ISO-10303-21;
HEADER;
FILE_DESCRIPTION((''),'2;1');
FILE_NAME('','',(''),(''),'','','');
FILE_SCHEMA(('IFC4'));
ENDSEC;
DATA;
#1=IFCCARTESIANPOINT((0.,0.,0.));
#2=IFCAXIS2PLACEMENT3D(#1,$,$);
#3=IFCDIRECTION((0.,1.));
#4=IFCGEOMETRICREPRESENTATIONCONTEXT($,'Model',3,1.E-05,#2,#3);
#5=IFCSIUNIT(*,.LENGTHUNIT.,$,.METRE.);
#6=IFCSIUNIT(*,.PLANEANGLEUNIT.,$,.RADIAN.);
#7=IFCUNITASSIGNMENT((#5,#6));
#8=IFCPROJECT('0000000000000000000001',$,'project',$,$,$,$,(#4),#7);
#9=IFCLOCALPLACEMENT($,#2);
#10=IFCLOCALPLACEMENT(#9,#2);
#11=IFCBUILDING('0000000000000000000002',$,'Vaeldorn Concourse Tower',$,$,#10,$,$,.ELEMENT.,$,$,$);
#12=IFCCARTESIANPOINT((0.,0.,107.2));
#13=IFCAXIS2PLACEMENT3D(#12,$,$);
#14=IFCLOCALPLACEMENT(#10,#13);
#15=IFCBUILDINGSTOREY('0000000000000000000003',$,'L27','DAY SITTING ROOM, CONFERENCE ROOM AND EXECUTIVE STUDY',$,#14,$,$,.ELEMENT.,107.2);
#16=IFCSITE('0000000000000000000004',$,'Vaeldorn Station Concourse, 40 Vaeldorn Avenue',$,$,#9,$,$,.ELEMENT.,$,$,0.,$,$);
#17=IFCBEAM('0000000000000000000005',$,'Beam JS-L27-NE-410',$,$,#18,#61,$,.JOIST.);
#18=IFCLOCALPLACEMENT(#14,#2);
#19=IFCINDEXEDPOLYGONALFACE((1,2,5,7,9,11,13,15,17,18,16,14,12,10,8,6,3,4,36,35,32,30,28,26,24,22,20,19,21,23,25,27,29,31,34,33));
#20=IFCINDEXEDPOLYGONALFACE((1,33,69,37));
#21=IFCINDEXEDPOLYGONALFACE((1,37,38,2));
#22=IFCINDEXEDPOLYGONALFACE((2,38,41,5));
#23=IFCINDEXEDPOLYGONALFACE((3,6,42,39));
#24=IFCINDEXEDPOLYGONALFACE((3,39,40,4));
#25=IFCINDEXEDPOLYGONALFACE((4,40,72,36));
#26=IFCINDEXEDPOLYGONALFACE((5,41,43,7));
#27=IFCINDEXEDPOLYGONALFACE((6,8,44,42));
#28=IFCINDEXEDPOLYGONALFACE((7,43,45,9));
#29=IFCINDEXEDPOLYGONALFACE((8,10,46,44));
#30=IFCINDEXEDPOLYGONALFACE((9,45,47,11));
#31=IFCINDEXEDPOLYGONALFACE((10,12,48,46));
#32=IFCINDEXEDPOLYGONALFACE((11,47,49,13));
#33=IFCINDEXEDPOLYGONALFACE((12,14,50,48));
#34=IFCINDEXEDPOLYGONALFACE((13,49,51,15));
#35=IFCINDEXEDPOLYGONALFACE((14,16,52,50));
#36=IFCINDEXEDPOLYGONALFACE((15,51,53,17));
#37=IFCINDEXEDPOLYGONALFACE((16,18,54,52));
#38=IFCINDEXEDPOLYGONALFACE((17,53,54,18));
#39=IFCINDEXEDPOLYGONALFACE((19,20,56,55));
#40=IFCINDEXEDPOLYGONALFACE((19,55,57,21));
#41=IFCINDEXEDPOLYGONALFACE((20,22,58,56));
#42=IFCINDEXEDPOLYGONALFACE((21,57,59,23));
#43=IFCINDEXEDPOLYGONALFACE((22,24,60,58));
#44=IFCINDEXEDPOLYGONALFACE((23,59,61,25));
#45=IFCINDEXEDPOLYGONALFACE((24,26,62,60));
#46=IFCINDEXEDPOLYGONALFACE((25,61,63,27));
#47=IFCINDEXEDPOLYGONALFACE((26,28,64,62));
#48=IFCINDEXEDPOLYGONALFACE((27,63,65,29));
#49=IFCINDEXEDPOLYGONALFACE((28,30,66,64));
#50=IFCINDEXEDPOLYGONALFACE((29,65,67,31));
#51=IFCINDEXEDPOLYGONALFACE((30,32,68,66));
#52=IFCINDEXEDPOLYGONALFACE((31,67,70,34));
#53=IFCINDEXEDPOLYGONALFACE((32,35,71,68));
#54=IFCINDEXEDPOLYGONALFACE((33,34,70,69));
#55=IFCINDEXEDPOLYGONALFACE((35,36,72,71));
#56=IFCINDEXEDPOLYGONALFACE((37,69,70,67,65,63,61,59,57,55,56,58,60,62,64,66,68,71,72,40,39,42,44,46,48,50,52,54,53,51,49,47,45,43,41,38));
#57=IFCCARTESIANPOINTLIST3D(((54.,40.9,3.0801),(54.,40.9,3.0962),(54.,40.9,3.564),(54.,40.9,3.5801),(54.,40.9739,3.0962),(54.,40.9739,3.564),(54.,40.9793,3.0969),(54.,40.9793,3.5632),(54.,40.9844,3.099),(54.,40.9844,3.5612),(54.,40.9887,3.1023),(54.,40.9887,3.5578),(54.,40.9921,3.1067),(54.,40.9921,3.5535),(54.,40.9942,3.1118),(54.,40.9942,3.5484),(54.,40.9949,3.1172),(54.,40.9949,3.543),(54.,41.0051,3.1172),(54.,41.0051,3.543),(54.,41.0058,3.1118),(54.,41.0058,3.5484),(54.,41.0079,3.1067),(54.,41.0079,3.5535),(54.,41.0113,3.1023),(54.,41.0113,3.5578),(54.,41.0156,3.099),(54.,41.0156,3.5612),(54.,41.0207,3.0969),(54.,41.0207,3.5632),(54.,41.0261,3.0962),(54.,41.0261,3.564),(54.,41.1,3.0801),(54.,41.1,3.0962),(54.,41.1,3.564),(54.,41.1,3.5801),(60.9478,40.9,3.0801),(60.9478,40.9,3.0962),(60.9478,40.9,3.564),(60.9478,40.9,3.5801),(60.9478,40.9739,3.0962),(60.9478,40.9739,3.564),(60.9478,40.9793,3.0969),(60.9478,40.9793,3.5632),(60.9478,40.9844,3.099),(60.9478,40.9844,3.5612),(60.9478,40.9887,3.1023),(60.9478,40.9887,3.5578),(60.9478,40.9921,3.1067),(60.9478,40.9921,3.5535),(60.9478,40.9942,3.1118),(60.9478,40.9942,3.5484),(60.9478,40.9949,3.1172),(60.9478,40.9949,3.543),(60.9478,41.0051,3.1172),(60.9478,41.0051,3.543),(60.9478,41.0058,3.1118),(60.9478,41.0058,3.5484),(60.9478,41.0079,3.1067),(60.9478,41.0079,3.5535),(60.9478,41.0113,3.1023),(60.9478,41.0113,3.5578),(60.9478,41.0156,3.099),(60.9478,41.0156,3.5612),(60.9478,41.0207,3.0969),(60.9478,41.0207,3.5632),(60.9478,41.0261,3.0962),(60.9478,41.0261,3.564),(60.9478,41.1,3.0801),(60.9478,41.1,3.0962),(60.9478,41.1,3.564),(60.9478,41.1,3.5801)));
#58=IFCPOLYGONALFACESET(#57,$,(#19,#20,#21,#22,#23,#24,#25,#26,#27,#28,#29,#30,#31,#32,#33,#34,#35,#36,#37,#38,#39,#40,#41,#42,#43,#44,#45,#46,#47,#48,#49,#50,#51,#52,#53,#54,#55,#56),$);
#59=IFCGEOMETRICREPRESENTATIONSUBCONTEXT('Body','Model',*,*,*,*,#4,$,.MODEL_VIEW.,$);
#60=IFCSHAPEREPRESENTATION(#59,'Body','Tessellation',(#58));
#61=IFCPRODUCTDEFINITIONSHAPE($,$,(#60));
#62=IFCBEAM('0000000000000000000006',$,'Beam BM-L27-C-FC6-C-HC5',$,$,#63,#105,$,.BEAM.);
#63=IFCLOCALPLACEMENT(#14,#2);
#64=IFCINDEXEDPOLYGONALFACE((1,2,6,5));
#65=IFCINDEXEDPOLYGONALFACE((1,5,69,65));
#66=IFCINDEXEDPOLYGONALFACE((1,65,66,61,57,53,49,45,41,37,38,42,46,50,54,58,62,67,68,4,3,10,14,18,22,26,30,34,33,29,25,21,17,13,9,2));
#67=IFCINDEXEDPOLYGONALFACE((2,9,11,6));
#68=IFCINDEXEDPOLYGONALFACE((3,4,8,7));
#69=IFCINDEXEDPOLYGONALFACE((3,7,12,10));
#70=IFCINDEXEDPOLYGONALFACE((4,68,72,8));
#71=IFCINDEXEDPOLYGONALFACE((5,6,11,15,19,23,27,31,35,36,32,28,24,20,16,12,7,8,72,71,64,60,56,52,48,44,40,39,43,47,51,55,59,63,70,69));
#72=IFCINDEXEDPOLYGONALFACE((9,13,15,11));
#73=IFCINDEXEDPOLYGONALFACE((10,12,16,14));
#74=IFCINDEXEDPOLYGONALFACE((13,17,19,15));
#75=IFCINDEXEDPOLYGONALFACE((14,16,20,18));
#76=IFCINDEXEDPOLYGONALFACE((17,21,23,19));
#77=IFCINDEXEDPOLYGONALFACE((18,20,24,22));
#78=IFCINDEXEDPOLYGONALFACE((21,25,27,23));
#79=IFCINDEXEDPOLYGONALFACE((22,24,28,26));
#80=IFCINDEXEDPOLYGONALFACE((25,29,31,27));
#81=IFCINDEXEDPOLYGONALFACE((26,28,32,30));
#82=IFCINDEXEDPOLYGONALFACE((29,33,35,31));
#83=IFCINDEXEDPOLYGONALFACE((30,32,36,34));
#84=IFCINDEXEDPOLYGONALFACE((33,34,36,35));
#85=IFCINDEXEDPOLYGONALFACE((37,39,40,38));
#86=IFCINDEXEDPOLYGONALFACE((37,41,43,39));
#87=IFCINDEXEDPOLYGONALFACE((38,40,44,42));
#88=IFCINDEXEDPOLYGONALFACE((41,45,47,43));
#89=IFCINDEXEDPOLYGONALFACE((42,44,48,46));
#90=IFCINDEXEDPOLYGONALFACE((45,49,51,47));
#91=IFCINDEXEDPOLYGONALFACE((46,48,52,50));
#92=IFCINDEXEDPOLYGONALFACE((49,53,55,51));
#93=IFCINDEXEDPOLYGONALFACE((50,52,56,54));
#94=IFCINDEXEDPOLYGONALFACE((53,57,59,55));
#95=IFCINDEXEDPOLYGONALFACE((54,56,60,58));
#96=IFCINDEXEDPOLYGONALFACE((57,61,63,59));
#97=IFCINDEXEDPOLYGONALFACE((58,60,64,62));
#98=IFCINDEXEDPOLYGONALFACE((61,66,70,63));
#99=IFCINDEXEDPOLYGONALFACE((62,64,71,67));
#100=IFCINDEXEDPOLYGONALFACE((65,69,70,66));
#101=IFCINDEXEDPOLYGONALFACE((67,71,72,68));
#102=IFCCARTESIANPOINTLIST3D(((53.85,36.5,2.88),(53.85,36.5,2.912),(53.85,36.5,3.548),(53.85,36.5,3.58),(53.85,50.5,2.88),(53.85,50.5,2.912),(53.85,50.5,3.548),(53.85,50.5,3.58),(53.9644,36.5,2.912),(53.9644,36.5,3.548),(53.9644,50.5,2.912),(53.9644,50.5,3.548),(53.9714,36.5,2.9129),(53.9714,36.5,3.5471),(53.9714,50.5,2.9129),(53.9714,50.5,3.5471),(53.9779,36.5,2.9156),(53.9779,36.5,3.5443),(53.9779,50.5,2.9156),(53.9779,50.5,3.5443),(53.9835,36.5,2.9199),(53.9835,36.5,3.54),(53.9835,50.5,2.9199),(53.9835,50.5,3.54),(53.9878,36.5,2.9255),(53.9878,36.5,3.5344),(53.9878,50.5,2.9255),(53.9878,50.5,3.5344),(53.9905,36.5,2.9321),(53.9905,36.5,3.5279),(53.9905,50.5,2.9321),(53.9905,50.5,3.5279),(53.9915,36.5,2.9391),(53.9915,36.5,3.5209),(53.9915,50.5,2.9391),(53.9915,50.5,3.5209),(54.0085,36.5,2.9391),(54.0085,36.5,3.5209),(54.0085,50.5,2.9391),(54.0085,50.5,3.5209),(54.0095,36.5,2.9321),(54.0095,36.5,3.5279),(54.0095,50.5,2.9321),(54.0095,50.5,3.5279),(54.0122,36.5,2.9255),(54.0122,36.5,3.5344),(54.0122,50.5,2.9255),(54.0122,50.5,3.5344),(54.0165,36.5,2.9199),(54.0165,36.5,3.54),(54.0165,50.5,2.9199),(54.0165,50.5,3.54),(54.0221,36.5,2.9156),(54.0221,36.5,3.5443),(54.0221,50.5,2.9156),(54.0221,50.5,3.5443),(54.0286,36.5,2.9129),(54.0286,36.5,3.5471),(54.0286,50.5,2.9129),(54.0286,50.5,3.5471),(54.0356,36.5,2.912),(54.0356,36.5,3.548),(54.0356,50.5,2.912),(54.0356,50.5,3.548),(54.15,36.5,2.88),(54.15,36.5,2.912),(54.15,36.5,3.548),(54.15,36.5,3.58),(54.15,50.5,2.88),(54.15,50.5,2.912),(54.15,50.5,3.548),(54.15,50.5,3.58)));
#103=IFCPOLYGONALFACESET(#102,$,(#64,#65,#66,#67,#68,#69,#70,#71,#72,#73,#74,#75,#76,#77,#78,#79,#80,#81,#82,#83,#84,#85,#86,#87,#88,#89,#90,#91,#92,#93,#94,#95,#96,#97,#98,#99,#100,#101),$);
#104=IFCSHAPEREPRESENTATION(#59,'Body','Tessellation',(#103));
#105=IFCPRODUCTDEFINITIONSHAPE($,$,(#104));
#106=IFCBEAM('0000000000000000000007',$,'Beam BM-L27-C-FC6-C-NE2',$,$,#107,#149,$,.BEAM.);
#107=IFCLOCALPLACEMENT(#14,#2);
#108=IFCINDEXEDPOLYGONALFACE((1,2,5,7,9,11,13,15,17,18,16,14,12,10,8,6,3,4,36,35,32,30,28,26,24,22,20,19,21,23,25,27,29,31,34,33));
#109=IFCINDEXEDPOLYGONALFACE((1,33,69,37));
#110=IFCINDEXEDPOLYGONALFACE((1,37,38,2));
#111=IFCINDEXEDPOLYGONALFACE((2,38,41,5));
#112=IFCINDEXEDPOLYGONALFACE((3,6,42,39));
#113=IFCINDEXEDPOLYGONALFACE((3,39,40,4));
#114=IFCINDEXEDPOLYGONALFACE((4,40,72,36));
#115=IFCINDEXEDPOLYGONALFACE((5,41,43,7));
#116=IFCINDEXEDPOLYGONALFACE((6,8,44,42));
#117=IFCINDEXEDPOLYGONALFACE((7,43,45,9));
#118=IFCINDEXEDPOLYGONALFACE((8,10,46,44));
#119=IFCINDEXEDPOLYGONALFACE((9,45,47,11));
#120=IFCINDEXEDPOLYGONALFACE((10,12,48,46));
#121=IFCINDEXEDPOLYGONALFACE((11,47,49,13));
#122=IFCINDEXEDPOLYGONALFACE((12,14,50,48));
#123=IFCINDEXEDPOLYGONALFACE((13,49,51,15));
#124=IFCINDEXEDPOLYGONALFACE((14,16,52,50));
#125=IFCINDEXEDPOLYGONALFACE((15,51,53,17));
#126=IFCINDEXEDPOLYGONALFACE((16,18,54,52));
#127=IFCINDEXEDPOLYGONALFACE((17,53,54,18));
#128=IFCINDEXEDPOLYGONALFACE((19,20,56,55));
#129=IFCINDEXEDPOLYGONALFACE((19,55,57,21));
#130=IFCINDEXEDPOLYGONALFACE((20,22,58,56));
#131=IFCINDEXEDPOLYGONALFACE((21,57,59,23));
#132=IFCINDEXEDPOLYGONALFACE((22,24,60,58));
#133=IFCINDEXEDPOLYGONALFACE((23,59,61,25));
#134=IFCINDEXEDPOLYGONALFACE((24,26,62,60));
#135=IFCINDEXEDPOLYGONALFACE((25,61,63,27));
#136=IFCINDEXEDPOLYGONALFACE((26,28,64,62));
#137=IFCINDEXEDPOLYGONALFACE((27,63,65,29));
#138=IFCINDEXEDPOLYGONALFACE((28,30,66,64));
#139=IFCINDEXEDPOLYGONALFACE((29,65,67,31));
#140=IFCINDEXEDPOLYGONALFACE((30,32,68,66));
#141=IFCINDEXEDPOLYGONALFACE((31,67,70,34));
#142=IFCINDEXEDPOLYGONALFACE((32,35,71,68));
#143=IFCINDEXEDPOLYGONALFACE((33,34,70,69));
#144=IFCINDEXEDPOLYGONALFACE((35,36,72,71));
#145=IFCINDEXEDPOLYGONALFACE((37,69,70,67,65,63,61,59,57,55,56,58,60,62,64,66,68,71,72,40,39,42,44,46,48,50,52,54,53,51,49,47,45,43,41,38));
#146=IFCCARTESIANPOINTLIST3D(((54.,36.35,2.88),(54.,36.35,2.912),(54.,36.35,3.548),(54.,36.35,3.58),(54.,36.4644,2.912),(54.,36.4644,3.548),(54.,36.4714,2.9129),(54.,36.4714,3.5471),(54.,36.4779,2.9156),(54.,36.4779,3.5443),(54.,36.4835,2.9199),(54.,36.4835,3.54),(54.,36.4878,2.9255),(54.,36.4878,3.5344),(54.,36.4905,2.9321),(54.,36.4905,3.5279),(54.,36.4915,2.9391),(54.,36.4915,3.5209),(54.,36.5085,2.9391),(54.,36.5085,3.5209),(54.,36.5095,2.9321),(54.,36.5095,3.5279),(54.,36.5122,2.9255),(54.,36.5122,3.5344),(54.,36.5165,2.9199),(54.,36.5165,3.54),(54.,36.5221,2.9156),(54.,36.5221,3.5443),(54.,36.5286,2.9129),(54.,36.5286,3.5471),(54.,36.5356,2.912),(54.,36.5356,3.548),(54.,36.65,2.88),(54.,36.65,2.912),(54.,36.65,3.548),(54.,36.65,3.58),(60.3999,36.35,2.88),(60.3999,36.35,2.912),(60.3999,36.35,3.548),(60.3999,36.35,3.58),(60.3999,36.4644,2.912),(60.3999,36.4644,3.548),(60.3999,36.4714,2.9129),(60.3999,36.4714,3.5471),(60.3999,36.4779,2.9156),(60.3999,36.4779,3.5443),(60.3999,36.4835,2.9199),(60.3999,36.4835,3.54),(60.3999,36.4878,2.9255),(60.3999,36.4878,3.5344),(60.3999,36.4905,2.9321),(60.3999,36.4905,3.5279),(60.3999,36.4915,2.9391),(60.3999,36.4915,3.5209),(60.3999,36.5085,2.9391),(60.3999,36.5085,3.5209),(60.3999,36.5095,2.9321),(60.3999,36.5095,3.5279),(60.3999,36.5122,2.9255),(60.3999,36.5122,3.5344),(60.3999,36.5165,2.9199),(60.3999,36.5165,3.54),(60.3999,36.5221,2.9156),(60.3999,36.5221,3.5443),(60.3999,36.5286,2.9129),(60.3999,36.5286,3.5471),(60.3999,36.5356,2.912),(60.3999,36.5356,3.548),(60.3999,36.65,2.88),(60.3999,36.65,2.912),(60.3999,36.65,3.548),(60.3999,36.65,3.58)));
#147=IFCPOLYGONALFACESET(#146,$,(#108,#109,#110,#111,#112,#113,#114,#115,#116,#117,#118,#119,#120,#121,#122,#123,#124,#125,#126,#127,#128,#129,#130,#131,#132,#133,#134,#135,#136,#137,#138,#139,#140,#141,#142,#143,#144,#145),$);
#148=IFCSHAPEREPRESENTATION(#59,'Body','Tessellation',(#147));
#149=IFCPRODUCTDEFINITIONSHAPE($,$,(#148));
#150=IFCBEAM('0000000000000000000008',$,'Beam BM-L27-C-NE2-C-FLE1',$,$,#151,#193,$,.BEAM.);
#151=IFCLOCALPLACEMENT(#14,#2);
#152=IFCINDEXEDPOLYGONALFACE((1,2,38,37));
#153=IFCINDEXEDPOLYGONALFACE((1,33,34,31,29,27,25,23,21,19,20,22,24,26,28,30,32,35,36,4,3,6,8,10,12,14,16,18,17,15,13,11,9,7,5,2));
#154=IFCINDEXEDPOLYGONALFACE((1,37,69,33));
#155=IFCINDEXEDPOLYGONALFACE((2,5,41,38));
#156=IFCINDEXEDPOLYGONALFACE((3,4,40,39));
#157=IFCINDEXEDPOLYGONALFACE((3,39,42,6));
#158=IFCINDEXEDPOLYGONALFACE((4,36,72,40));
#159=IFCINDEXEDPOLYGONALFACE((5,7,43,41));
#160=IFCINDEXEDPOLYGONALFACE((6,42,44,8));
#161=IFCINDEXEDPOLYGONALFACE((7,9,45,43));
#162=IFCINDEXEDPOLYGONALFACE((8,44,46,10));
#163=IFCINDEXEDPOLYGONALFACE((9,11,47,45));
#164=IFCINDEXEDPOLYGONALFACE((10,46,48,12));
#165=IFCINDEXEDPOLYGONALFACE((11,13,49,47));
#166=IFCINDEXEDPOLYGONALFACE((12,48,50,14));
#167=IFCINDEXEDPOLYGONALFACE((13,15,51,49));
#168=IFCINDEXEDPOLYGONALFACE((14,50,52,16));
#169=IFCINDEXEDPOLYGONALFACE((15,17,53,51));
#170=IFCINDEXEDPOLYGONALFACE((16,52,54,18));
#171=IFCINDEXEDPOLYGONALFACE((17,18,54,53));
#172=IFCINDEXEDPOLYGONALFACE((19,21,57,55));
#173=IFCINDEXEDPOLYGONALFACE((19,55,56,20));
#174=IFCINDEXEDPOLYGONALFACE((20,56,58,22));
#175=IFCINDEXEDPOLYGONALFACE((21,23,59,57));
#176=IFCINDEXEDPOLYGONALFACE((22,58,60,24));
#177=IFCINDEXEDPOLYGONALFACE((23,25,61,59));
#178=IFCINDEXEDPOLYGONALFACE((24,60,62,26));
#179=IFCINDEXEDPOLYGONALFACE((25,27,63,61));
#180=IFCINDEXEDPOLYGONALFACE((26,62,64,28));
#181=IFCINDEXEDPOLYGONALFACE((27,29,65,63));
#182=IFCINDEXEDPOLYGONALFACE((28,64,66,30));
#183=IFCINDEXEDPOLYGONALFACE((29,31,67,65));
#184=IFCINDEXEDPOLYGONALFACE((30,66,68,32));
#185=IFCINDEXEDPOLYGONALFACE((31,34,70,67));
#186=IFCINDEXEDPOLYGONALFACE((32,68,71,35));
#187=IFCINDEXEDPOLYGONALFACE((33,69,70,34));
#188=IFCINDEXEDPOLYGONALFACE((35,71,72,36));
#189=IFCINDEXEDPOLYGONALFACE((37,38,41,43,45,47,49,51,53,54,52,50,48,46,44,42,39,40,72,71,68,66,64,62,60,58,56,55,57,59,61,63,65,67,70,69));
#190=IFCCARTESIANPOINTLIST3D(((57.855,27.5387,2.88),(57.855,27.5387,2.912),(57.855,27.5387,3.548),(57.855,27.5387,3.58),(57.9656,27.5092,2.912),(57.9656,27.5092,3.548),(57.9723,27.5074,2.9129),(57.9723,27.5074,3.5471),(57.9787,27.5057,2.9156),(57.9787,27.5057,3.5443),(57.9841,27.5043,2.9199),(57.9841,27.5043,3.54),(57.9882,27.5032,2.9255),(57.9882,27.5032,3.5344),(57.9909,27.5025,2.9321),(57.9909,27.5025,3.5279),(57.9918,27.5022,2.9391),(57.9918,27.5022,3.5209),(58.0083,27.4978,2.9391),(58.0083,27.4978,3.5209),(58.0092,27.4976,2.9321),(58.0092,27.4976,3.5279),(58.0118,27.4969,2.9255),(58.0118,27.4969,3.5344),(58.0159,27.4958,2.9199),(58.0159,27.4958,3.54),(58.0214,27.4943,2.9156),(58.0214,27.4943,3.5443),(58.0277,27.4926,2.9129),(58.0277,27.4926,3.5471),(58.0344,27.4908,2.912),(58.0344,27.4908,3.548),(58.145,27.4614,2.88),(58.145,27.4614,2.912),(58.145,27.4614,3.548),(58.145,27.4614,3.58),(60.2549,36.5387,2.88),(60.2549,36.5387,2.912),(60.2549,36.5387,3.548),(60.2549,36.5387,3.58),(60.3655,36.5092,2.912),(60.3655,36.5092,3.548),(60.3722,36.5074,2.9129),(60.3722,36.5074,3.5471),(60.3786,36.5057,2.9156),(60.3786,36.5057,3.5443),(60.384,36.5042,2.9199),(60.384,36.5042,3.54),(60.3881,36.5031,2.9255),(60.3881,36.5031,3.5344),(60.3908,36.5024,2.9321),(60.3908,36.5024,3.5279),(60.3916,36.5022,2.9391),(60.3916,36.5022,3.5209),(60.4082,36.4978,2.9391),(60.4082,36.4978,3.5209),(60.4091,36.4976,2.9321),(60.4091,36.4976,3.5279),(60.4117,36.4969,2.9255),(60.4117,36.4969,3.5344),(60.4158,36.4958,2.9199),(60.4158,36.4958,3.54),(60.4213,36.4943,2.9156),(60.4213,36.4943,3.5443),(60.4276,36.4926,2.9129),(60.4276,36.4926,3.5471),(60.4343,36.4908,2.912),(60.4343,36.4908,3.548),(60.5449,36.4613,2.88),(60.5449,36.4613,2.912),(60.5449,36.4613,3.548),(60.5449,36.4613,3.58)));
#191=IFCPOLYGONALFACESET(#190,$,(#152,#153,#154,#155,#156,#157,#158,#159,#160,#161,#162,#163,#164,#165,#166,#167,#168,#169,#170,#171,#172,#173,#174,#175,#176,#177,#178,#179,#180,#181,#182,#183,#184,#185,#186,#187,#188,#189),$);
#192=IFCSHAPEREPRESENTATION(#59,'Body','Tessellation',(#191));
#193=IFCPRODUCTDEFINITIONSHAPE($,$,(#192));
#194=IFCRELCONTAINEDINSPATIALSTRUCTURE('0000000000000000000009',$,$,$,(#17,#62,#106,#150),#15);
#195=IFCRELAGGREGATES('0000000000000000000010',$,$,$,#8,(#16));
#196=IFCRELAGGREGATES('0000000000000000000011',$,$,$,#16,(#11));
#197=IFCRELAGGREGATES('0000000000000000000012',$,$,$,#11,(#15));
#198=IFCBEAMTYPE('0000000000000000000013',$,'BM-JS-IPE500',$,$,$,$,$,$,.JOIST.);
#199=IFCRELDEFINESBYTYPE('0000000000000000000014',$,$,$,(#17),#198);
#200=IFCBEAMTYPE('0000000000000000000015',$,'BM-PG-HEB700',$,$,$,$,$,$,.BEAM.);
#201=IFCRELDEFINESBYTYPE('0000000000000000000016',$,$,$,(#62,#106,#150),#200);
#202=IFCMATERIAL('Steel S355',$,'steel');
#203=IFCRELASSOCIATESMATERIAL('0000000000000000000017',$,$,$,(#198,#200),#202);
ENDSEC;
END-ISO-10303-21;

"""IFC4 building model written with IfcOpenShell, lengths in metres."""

from ifc_helpers import new_model, si_unit, direction, frame, origin, origin_2d, place, context, subcontext, project, spatial, i_section, extrude, source, transform, mapped, material, material_profile, profile_set, type_object, element, save


model = new_model("IFC4")

# Units and contexts
model_context = context("Model", 3, precision=1e-05, world=origin(), true_north=direction((0.0, 1.0)))
body_context = subcontext(model_context, "Body", "Model", "MODEL_VIEW")
ifc_project = project(units=[si_unit("LENGTHUNIT", "METRE"), si_unit("PLANEANGLEUNIT", "RADIAN")], contexts=[model_context])

# Site, building, storey
site_placement = place(None, origin())
site = spatial("IfcSite", under=ifc_project, at=site_placement, Name="Vaeldorn Station Concourse, 40 Vaeldorn Avenue", CompositionType="ELEMENT", RefElevation=0.0)
building_placement = place(site_placement, origin())
building = spatial("IfcBuilding", under=site, at=building_placement, Name="Vaeldorn Concourse Tower", CompositionType="ELEMENT")
storey_placement = place(building_placement, frame((0.0, 0.0, 107.2)))
storey = spatial("IfcBuildingStorey", under=building, at=storey_placement, Name="L27", Description="DAY SITTING ROOM, CONFERENCE ROOM AND EXECUTIVE STUDY", CompositionType="ELEMENT", Elevation=107.2)

# Beams
ifc_material_1 = material(Name="Steel S355", Category="steel")
ifc_material_profile_1 = material_profile(ifc_material_1, i_section(OverallWidth=0.2, OverallDepth=0.5, WebThickness=0.0103, FlangeThickness=0.0161, FilletRadius=0.021, at=origin_2d()), Name="IPE 500")
ifc_profile_set_1 = profile_set([ifc_material_profile_1], Name="Steel S355")
beam_type_1 = type_object("IfcBeamType", Name="BM-JS-IPE500", PredefinedType="JOIST", material=ifc_profile_set_1)
shared_shape_1 = source(origin(), body_context, "Body", "SweptSolid", [
    extrude(i_section(OverallWidth=0.2, OverallDepth=0.5, WebThickness=0.0103, FlangeThickness=0.0161, FilletRadius=0.021, at=origin_2d()), origin(), (0.0, 0.0, 1.0), 6.9478),
])
beam_1_placement = place(storey_placement, frame((54.0, 41.0, 3.3301), z_axis=(1.0, 0.0, 0.0), x_axis=(0.0, 1.0, 0.0)))
element("IfcBeam", 1, at=beam_1_placement, inside=storey, type_object=beam_type_1, Name="Beam JS-L27-NE-410", PredefinedType="JOIST", context=body_context, shape_type="MappedRepresentation", body=[
    mapped(shared_shape_1, transform((0.0, 0.0, 0.0), scale=1.0)),
])
ifc_material_profile_2 = material_profile(ifc_material_1, i_section(OverallWidth=0.3, OverallDepth=0.7, WebThickness=0.0171, FlangeThickness=0.032, FilletRadius=0.0271, at=origin_2d()), Name="HEB 700")
ifc_profile_set_2 = profile_set([ifc_material_profile_2], Name="Steel S355")
beam_type_2 = type_object("IfcBeamType", Name="BM-PG-HEB700", PredefinedType="BEAM", material=ifc_profile_set_2)
shared_shape_2 = source(origin(), body_context, "Body", "SweptSolid", [
    extrude(i_section(OverallWidth=0.3, OverallDepth=0.7, WebThickness=0.0171, FlangeThickness=0.032, FilletRadius=0.0271, at=origin_2d()), origin(), (0.0, 0.0, 1.0), 14.0),
])
beam_2_placement = place(storey_placement, frame((54.0, 36.5, 3.23), z_axis=(0.0, 1.0, 0.0), x_axis=(-1.0, 0.0, 0.0)))
element("IfcBeam", 2, at=beam_2_placement, inside=storey, type_object=beam_type_2, Name="Beam BM-L27-C-FC6-C-HC5", PredefinedType="BEAM", context=body_context, shape_type="MappedRepresentation", body=[
    mapped(shared_shape_2, transform((0.0, 0.0, 0.0), scale=1.0)),
])
shared_shape_3 = source(origin(), body_context, "Body", "SweptSolid", [
    extrude(i_section(OverallWidth=0.3, OverallDepth=0.7, WebThickness=0.0171, FlangeThickness=0.032, FilletRadius=0.0271, at=origin_2d()), origin(), (0.0, 0.0, 1.0), 6.3999),
])
beam_3_placement = place(storey_placement, frame((54.0, 36.5, 3.23), z_axis=(1.0, 0.0, 0.0), x_axis=(0.0, 1.0, 0.0)))
element("IfcBeam", 3, at=beam_3_placement, inside=storey, type_object=beam_type_2, Name="Beam BM-L27-C-FC6-C-NE2", PredefinedType="BEAM", context=body_context, shape_type="MappedRepresentation", body=[
    mapped(shared_shape_3, transform((0.0, 0.0, 0.0), scale=1.0)),
])
shared_shape_4 = source(origin(), body_context, "Body", "SweptSolid", [
    extrude(i_section(OverallWidth=0.3, OverallDepth=0.7, WebThickness=0.0171, FlangeThickness=0.032, FilletRadius=0.0271, at=origin_2d()), origin(), (0.0, 0.0, 1.0), 9.3145),
])
beam_4_placement = place(storey_placement, frame((60.3999, 36.5, 3.23), z_axis=(-0.257653, -0.966238, 0.0), x_axis=(0.966238, -0.257653, 0.0)))
element("IfcBeam", 4, at=beam_4_placement, inside=storey, type_object=beam_type_2, Name="Beam BM-L27-C-NE2-C-FLE1", PredefinedType="BEAM", context=body_context, shape_type="MappedRepresentation", body=[
    mapped(shared_shape_4, transform((0.0, 0.0, 0.0), scale=1.0)),
])

save(model, "model.ifc")
